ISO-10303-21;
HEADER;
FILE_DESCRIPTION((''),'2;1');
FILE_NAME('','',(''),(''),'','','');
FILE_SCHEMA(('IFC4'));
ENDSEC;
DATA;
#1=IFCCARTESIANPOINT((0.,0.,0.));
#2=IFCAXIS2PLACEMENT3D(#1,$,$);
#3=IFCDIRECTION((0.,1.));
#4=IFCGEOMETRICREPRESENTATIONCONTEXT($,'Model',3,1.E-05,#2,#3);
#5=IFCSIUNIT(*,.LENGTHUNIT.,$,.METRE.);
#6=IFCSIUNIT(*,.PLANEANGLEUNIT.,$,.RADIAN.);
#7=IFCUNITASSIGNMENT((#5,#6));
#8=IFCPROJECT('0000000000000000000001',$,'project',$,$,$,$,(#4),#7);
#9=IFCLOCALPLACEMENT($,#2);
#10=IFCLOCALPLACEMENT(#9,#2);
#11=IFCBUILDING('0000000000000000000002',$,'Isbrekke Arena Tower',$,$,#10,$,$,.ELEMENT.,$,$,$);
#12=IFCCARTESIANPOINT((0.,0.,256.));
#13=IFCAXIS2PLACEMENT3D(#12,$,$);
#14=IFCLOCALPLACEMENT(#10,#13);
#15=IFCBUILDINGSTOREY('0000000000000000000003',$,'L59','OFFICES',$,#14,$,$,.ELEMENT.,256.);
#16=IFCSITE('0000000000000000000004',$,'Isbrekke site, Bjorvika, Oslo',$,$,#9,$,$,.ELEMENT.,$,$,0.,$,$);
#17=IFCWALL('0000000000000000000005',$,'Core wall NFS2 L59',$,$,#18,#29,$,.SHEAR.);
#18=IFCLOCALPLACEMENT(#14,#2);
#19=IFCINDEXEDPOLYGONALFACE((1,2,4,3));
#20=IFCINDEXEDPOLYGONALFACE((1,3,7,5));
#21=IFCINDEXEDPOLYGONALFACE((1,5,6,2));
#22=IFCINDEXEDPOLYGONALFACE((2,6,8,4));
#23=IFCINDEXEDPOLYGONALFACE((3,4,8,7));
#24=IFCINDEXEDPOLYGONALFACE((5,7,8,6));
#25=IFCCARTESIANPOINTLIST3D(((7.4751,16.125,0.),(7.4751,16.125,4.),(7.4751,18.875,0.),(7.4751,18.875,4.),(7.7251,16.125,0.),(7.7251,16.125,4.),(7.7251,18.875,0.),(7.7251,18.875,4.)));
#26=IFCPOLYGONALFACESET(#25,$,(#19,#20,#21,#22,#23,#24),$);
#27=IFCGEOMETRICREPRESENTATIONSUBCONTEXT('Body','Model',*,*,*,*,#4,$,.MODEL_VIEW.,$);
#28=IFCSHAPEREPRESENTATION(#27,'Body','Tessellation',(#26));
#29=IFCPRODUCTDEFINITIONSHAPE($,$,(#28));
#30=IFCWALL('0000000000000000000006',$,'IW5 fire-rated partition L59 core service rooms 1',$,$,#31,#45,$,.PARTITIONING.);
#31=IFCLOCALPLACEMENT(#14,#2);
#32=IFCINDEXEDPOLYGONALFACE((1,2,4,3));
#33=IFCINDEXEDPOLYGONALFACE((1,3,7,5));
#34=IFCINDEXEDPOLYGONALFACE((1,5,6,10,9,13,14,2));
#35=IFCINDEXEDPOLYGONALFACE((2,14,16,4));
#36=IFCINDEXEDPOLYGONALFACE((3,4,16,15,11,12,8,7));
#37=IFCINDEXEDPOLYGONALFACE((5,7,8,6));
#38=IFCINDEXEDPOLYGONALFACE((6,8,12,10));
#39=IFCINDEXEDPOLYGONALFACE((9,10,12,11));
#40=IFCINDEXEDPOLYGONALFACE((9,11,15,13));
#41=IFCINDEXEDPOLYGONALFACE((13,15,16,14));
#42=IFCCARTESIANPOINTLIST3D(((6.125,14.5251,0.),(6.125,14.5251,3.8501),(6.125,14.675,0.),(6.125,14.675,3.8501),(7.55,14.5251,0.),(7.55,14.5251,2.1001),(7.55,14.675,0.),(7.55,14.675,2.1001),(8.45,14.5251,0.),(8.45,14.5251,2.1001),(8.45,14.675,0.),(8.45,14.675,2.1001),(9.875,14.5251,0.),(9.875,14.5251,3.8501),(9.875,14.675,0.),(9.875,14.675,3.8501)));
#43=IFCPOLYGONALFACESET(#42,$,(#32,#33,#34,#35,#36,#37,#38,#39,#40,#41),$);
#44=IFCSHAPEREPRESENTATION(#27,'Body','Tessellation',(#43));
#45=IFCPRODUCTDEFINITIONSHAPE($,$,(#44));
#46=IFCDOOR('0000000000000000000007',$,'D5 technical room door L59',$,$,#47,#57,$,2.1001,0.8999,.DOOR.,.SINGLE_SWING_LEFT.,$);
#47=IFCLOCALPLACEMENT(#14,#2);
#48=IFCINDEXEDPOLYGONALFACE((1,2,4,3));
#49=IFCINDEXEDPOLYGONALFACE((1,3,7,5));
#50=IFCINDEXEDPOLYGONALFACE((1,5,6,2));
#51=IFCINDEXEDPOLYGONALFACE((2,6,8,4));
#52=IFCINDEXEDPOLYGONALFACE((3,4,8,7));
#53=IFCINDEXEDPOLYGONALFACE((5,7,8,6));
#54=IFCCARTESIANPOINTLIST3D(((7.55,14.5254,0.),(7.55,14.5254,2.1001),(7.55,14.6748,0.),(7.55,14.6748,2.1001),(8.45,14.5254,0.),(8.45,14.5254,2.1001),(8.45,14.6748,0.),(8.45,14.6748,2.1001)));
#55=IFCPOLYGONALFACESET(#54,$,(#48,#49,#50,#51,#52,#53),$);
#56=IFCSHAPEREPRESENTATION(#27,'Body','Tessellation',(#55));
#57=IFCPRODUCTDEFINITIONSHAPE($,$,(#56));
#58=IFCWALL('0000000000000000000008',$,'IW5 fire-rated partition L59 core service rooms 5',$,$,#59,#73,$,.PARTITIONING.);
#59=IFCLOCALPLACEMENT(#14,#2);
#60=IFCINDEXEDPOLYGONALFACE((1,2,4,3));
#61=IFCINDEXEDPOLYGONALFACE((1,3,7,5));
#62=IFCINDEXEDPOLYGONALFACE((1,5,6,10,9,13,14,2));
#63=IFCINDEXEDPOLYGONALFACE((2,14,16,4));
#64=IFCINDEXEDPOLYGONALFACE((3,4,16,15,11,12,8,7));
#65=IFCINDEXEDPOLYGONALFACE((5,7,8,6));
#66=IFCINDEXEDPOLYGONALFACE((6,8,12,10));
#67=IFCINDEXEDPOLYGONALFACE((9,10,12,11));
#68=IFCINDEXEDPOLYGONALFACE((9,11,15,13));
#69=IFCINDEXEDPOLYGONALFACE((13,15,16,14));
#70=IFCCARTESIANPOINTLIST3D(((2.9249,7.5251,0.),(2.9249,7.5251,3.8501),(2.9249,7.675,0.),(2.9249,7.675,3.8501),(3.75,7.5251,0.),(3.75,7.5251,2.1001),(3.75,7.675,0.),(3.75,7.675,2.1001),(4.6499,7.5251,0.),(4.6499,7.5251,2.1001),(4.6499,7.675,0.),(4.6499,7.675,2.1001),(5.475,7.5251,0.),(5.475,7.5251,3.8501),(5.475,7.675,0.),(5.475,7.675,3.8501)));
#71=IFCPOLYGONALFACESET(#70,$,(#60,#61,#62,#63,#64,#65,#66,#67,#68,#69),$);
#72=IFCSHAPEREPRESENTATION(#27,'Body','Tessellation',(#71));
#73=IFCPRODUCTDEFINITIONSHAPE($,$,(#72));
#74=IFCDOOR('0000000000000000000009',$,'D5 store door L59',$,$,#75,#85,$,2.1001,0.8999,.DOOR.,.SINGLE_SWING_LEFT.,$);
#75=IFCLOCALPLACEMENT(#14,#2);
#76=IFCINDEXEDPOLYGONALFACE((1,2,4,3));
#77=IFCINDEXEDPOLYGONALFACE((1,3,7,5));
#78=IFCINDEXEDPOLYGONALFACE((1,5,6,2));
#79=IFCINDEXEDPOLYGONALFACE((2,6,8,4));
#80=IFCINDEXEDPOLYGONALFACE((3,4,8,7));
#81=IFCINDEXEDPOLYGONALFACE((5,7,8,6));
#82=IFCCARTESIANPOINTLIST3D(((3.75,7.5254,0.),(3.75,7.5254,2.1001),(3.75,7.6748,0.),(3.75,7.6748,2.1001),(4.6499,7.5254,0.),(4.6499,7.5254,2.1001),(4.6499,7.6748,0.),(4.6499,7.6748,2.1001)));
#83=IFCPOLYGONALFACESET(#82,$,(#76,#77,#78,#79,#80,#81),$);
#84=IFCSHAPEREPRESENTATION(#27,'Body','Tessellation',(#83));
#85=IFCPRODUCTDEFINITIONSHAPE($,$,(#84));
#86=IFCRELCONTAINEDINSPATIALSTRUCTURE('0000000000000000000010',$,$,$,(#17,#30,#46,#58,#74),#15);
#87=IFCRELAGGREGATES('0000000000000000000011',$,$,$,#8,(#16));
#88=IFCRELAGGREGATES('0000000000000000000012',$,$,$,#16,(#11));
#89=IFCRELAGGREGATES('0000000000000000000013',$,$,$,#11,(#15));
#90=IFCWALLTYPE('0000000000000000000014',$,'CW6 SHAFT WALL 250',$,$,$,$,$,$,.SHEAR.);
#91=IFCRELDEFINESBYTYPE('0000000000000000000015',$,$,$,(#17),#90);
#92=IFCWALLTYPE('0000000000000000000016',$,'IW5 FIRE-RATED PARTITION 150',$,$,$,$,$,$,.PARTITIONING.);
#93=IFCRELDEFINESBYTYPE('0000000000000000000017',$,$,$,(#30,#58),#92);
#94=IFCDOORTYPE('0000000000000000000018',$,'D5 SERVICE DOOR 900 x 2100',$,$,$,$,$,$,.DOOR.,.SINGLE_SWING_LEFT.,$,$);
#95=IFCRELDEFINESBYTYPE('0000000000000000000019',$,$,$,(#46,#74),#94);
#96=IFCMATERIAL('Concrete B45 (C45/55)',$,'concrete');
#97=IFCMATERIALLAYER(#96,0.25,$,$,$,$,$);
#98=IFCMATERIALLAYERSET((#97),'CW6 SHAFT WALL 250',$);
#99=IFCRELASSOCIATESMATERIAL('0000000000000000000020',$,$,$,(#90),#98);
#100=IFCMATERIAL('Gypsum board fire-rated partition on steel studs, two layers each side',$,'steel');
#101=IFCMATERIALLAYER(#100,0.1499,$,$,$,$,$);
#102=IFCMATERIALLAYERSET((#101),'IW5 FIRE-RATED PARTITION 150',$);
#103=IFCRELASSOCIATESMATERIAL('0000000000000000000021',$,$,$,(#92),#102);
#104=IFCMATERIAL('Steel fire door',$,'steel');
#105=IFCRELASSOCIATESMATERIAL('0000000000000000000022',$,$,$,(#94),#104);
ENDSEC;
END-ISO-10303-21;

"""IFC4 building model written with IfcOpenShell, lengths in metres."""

from ifc_helpers import new_model, si_unit, direction, frame, frame_2d, origin, place, context, subcontext, project, spatial, rectangle, extrude, material, layer, layer_set, type_object, element, fill, save


model = new_model("IFC4")

# Units and contexts
model_context = context("Model", 3, precision=1e-05, world=origin(), true_north=direction((0.0, 1.0)))
body_context = subcontext(model_context, "Body", "Model", "MODEL_VIEW")
ifc_project = project(units=[si_unit("LENGTHUNIT", "METRE"), si_unit("PLANEANGLEUNIT", "RADIAN")], contexts=[model_context])

# Site, building, storey
site_placement = place(None, origin())
site = spatial("IfcSite", under=ifc_project, at=site_placement, Name="Isbrekke site, Bjorvika, Oslo", CompositionType="ELEMENT", RefElevation=0.0)
building_placement = place(site_placement, origin())
building = spatial("IfcBuilding", under=site, at=building_placement, Name="Isbrekke Arena Tower", CompositionType="ELEMENT")
storey_placement = place(building_placement, frame((0.0, 0.0, 256.0)))
storey = spatial("IfcBuildingStorey", under=building, at=storey_placement, Name="L59", Description="OFFICES", CompositionType="ELEMENT", Elevation=256.0)

# Wall
ifc_material_1 = material(Name="Concrete B45 (C45/55)", Category="concrete")
ifc_layer_1 = layer(ifc_material_1, 0.25)
ifc_layer_set_1 = layer_set([ifc_layer_1], Name="CW6 SHAFT WALL 250")
wall_type_1 = type_object("IfcWallType", Name="CW6 SHAFT WALL 250", PredefinedType="SHEAR", material=ifc_layer_set_1)
wall_1_placement = place(storey_placement, frame((7.6001, 16.125, 0.0), z_axis=(0.0, 0.0, 1.0), x_axis=(0.0, 1.0, 0.0)))
element("IfcWall", 1, at=wall_1_placement, inside=storey, type_object=wall_type_1, Name="Core wall NFS2 L59", PredefinedType="SHEAR", context=body_context, shape_type="SweptSolid", body=[
    extrude(rectangle(XDim=2.75, YDim=0.25, at=frame_2d((1.375, 0.0))), origin(), (0.0, 0.0, 1.0), 4.0),
])

# Walls, openings, doors
ifc_material_2 = material(Name="Gypsum board fire-rated partition on steel studs, two layers each side", Category="steel")
ifc_layer_2 = layer(ifc_material_2, 0.1499)
ifc_layer_set_2 = layer_set([ifc_layer_2], Name="IW5 FIRE-RATED PARTITION 150")
wall_type_2 = type_object("IfcWallType", Name="IW5 FIRE-RATED PARTITION 150", PredefinedType="PARTITIONING", material=ifc_layer_set_2)
wall_2_placement = place(storey_placement, frame((6.125, 14.6001, 0.0), z_axis=(0.0, 0.0, 1.0), x_axis=(1.0, 0.0, 0.0)))
wall_2 = element("IfcWall", 2, at=wall_2_placement, inside=storey, type_object=wall_type_2, Name="IW5 fire-rated partition L59 core service rooms 1", PredefinedType="PARTITIONING", context=body_context, shape_type="SweptSolid", body=[
    extrude(rectangle(XDim=3.75, YDim=0.1499, at=frame_2d((1.875, 0.0))), origin(), (0.0, 0.0, 1.0), 3.8501),
])
opening_1_placement = place(wall_2_placement, frame((1.425, 0.0, 0.0)))
opening_1 = element("IfcOpeningElement", 3, at=opening_1_placement, cuts=wall_2, PredefinedType="OPENING", context=body_context, shape_type="SweptSolid", body=[
    extrude(rectangle(XDim=0.8999, YDim=2.1001, at=frame_2d((0.45, 1.05))), frame((0.0, 0.0898, 0.0), z_axis=(0.0, -1.0, 0.0), x_axis=(1.0, 0.0, 0.0)), (0.0, 0.0, 1.0), 0.1797),
])
ifc_material_3 = material(Name="Steel fire door", Category="steel")
door_type = type_object("IfcDoorType", Name="D5 SERVICE DOOR 900 x 2100", OperationType="SINGLE_SWING_LEFT", PredefinedType="DOOR", material=ifc_material_3)
door_1_placement = place(opening_1_placement, origin())
door_1 = element("IfcDoor", 4, at=door_1_placement, inside=storey, type_object=door_type, Name="D5 technical room door L59", OperationType="SINGLE_SWING_LEFT", OverallHeight=2.1001, OverallWidth=0.8999, PredefinedType="DOOR", context=body_context, shape_type="SweptSolid", body=[
    extrude(rectangle(XDim=0.8999, YDim=2.1001, at=frame_2d((0.45, 1.05))), frame((0.0, 0.0747, 0.0), z_axis=(0.0, -1.0, 0.0), x_axis=(1.0, 0.0, 0.0)), (0.0, 0.0, 1.0), 0.1494),
])
fill(opening_1, door_1)
wall_3_placement = place(storey_placement, frame((2.925, 7.6001, 0.0), z_axis=(0.0, 0.0, 1.0), x_axis=(1.0, 0.0, 0.0)))
wall_3 = element("IfcWall", 5, at=wall_3_placement, inside=storey, type_object=wall_type_2, Name="IW5 fire-rated partition L59 core service rooms 5", PredefinedType="PARTITIONING", context=body_context, shape_type="SweptSolid", body=[
    extrude(rectangle(XDim=2.55, YDim=0.1499, at=frame_2d((1.2749, 0.0))), origin(), (0.0, 0.0, 1.0), 3.8501),
])
opening_2_placement = place(wall_3_placement, frame((0.825, 0.0, 0.0)))
opening_2 = element("IfcOpeningElement", 6, at=opening_2_placement, cuts=wall_3, PredefinedType="OPENING", context=body_context, shape_type="SweptSolid", body=[
    extrude(rectangle(XDim=0.8999, YDim=2.1001, at=frame_2d((0.45, 1.05))), frame((0.0, 0.0898, 0.0), z_axis=(0.0, -1.0, 0.0), x_axis=(1.0, 0.0, 0.0)), (0.0, 0.0, 1.0), 0.1797),
])
door_2_placement = place(opening_2_placement, origin())
door_2 = element("IfcDoor", 7, at=door_2_placement, inside=storey, type_object=door_type, Name="D5 store door L59", OperationType="SINGLE_SWING_LEFT", OverallHeight=2.1001, OverallWidth=0.8999, PredefinedType="DOOR", context=body_context, shape_type="SweptSolid", body=[
    extrude(rectangle(XDim=0.8999, YDim=2.1001, at=frame_2d((0.45, 1.05))), frame((0.0, 0.0747, 0.0), z_axis=(0.0, -1.0, 0.0), x_axis=(1.0, 0.0, 0.0)), (0.0, 0.0, 1.0), 0.1494),
])
fill(opening_2, door_2)

save(model, "model.ifc")
